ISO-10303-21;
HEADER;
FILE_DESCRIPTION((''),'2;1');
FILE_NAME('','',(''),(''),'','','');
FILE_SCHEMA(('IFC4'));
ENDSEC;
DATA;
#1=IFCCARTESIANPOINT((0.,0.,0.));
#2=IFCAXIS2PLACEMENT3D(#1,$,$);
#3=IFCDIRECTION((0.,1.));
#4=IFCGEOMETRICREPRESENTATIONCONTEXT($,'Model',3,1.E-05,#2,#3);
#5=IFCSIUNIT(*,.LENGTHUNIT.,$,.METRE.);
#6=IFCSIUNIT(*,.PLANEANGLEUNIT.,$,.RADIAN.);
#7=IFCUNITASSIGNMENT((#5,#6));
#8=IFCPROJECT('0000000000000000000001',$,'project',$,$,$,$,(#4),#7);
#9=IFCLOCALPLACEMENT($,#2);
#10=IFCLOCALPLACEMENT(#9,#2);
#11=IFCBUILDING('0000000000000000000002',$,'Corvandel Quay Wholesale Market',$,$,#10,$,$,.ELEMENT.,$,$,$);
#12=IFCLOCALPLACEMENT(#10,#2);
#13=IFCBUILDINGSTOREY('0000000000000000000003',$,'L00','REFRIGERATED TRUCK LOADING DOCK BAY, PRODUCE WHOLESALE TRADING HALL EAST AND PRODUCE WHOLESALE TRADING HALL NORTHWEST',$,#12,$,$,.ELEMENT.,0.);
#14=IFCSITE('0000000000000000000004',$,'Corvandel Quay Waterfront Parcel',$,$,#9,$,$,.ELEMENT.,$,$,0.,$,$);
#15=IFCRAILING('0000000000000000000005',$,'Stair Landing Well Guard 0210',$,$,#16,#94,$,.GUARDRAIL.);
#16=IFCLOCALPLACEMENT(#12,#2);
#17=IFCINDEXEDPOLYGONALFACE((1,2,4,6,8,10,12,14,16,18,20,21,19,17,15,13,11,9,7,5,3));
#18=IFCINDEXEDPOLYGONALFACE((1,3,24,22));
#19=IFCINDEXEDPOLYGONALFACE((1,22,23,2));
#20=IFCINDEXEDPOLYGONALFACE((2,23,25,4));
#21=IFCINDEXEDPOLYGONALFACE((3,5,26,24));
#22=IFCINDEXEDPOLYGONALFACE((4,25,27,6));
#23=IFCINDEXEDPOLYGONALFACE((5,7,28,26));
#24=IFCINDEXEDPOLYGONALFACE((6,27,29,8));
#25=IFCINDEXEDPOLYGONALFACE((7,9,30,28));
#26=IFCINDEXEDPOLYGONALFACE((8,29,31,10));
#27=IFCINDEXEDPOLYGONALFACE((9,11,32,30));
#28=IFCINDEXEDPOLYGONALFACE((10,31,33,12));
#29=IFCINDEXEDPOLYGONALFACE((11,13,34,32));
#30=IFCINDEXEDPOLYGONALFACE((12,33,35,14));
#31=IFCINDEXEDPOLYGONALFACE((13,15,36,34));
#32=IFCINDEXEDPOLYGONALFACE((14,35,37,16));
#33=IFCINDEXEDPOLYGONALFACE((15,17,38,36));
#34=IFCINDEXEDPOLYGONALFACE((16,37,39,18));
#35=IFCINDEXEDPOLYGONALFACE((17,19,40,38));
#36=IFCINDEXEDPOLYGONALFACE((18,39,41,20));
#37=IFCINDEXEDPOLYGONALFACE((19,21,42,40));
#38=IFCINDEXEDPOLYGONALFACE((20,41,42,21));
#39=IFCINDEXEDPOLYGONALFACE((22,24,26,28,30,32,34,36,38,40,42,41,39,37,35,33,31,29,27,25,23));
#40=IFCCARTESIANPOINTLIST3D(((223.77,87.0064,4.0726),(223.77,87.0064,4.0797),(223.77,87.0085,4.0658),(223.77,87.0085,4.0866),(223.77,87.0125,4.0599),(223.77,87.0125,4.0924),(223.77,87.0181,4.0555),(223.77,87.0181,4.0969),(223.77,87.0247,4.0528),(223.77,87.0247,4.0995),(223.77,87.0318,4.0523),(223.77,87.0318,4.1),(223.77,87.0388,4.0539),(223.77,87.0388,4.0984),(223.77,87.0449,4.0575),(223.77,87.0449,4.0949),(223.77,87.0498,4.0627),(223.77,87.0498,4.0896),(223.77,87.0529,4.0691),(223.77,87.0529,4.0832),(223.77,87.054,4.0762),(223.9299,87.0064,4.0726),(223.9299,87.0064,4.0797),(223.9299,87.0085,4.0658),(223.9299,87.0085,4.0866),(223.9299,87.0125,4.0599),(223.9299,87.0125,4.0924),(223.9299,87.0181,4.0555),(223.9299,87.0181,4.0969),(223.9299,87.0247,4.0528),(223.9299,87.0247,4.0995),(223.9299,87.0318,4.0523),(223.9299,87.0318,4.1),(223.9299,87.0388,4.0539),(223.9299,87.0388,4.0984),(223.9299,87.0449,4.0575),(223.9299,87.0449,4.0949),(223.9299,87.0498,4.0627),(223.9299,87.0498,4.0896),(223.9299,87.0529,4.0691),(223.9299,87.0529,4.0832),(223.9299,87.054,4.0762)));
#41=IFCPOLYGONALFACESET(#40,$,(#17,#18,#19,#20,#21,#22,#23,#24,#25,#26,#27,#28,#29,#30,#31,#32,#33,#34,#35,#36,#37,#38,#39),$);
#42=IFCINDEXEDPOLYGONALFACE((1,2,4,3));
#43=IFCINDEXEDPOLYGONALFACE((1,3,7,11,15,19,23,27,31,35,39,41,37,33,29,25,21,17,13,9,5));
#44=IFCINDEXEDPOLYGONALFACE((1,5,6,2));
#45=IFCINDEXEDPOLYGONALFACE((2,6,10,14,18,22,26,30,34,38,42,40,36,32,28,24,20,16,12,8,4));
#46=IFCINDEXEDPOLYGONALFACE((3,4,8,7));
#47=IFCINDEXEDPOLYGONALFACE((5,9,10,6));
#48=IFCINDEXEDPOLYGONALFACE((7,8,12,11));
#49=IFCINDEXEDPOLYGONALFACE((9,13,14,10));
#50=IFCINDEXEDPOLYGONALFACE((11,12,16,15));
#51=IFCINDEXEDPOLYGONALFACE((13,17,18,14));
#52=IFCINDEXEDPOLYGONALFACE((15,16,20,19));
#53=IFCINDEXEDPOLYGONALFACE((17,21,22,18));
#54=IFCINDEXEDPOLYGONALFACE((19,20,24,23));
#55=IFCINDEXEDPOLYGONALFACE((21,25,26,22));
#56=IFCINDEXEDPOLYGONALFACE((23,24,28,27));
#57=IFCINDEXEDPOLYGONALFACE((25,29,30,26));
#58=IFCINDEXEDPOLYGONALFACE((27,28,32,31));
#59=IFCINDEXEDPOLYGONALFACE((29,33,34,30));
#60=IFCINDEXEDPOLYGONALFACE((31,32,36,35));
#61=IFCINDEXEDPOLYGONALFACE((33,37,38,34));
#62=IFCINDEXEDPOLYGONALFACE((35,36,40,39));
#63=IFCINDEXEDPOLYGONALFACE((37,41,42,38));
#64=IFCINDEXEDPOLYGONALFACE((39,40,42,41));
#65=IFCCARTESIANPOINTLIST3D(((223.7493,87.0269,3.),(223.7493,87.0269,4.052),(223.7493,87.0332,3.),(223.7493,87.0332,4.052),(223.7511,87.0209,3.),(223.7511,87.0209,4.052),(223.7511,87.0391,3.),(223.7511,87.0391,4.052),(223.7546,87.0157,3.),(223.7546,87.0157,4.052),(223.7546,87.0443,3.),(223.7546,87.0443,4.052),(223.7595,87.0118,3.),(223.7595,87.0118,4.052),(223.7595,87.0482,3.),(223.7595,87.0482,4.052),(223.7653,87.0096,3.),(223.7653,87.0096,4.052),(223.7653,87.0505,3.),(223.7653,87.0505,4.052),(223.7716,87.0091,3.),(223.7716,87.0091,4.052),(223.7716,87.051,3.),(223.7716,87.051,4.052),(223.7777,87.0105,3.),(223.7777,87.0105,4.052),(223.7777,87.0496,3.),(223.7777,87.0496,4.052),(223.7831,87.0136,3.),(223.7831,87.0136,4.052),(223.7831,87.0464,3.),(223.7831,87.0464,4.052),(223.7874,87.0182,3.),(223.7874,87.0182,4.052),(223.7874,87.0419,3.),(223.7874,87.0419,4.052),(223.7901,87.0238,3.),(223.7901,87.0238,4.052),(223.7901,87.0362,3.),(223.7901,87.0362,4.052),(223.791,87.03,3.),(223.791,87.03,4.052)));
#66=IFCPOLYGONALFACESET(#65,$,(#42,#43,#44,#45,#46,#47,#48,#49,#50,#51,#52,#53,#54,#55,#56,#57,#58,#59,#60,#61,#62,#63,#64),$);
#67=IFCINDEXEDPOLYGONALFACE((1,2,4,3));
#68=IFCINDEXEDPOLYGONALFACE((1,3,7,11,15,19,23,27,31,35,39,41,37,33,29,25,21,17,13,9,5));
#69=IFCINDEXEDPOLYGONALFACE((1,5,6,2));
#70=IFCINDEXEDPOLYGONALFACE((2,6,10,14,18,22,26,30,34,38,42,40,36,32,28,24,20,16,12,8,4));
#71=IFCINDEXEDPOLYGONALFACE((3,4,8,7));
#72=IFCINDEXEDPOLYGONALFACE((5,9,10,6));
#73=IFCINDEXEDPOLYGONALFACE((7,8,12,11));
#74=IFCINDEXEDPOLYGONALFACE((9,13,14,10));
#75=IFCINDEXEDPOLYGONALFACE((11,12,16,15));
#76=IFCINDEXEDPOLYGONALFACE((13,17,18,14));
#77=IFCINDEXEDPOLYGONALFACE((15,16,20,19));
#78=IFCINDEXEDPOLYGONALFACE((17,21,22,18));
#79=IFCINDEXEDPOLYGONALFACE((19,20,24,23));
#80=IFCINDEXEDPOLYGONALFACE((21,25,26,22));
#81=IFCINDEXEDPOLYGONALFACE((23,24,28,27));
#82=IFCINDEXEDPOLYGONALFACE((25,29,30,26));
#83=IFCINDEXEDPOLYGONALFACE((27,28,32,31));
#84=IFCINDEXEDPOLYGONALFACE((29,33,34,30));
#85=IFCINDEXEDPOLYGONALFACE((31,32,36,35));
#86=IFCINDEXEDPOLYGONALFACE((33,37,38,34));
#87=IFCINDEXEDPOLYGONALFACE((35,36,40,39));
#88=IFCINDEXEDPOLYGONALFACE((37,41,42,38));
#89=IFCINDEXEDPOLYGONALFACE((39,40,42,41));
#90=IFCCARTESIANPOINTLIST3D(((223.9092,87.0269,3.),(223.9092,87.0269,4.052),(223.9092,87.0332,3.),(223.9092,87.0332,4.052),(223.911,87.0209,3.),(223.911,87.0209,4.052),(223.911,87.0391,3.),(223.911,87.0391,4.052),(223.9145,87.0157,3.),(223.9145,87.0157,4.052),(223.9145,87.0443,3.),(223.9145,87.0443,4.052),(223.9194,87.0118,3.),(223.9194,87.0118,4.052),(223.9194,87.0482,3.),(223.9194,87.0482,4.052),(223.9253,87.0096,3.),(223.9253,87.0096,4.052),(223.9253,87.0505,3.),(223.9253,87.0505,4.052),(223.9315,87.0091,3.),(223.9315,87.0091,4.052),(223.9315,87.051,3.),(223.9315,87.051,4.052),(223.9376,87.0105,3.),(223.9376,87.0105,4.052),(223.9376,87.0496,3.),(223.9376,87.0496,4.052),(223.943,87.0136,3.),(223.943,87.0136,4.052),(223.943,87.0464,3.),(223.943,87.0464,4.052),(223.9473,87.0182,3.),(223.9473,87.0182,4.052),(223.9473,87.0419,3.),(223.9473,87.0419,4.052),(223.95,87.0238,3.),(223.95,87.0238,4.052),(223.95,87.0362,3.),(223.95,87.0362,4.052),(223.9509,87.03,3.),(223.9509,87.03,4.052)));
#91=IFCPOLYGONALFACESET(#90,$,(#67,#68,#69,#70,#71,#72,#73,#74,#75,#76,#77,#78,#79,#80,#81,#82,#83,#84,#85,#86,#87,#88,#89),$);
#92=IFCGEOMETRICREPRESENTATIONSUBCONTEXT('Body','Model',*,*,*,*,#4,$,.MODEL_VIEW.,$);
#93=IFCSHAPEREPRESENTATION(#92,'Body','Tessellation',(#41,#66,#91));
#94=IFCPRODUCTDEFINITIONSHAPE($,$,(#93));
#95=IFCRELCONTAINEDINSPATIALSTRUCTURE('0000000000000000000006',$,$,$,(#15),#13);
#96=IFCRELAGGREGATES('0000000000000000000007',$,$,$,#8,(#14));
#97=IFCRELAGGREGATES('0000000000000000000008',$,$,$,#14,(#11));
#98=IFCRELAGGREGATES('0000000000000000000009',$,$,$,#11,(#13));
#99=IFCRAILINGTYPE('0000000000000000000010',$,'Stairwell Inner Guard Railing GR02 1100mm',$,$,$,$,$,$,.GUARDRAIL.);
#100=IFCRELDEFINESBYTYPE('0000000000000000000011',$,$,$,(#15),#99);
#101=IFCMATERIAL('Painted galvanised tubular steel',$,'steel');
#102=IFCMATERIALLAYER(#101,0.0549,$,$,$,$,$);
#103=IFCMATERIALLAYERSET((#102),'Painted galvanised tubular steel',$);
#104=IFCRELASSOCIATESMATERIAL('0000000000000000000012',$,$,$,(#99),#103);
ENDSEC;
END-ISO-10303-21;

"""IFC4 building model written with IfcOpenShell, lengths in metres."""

from ifc_helpers import new_model, si_unit, direction, frame, origin, origin_2d, place, context, subcontext, project, spatial, circle, extrude, material, layer, layer_set, type_object, element, save


model = new_model("IFC4")

# Units and contexts
model_context = context("Model", 3, precision=1e-05, world=origin(), true_north=direction((0.0, 1.0)))
body_context = subcontext(model_context, "Body", "Model", "MODEL_VIEW")
ifc_project = project(units=[si_unit("LENGTHUNIT", "METRE"), si_unit("PLANEANGLEUNIT", "RADIAN")], contexts=[model_context])

# Site, building, storey
site_placement = place(None, origin())
site = spatial("IfcSite", under=ifc_project, at=site_placement, Name="Corvandel Quay Waterfront Parcel", CompositionType="ELEMENT", RefElevation=0.0)
building_placement = place(site_placement, origin())
building = spatial("IfcBuilding", under=site, at=building_placement, Name="Corvandel Quay Wholesale Market", CompositionType="ELEMENT")
storey_placement = place(building_placement, origin())
storey = spatial("IfcBuildingStorey", under=building, at=storey_placement, Name="L00", Description="REFRIGERATED TRUCK LOADING DOCK BAY, PRODUCE WHOLESALE TRADING HALL EAST AND PRODUCE WHOLESALE TRADING HALL NORTHWEST", CompositionType="ELEMENT", Elevation=0.0)

# Railing
ifc_material_1 = material(Name="Painted galvanised tubular steel", Category="steel")
ifc_layer_1 = layer(ifc_material_1, 0.0549)
ifc_layer_set_1 = layer_set([ifc_layer_1], Name="Painted galvanised tubular steel")
railing_type_1 = type_object("IfcRailingType", Name="Stairwell Inner Guard Railing GR02 1100mm", PredefinedType="GUARDRAIL", material=ifc_layer_set_1)
railing_placement = place(storey_placement, frame((223.77, 87.03, 3.0)))
element("IfcRailing", 1, at=railing_placement, inside=storey, type_object=railing_type_1, Name="Stair Landing Well Guard 0210", PredefinedType="GUARDRAIL", context=body_context, shape_type="SweptSolid", body=[
    extrude(circle(Radius=0.0239, at=origin_2d()), frame((0.0, 0.0, 1.0762), z_axis=(1.0, 0.0, 0.0), x_axis=(0.0, 1.0, 0.0)), (0.0, 0.0, 1.0), 0.1599),
    extrude(circle(Radius=0.021, at=origin_2d()), origin(), (0.0, 0.0, 1.0), 1.052),
    extrude(circle(Radius=0.021, at=origin_2d()), frame((0.1599, 0.0, 0.0)), (0.0, 0.0, 1.0), 1.052),
])

save(model, "model.ifc")
